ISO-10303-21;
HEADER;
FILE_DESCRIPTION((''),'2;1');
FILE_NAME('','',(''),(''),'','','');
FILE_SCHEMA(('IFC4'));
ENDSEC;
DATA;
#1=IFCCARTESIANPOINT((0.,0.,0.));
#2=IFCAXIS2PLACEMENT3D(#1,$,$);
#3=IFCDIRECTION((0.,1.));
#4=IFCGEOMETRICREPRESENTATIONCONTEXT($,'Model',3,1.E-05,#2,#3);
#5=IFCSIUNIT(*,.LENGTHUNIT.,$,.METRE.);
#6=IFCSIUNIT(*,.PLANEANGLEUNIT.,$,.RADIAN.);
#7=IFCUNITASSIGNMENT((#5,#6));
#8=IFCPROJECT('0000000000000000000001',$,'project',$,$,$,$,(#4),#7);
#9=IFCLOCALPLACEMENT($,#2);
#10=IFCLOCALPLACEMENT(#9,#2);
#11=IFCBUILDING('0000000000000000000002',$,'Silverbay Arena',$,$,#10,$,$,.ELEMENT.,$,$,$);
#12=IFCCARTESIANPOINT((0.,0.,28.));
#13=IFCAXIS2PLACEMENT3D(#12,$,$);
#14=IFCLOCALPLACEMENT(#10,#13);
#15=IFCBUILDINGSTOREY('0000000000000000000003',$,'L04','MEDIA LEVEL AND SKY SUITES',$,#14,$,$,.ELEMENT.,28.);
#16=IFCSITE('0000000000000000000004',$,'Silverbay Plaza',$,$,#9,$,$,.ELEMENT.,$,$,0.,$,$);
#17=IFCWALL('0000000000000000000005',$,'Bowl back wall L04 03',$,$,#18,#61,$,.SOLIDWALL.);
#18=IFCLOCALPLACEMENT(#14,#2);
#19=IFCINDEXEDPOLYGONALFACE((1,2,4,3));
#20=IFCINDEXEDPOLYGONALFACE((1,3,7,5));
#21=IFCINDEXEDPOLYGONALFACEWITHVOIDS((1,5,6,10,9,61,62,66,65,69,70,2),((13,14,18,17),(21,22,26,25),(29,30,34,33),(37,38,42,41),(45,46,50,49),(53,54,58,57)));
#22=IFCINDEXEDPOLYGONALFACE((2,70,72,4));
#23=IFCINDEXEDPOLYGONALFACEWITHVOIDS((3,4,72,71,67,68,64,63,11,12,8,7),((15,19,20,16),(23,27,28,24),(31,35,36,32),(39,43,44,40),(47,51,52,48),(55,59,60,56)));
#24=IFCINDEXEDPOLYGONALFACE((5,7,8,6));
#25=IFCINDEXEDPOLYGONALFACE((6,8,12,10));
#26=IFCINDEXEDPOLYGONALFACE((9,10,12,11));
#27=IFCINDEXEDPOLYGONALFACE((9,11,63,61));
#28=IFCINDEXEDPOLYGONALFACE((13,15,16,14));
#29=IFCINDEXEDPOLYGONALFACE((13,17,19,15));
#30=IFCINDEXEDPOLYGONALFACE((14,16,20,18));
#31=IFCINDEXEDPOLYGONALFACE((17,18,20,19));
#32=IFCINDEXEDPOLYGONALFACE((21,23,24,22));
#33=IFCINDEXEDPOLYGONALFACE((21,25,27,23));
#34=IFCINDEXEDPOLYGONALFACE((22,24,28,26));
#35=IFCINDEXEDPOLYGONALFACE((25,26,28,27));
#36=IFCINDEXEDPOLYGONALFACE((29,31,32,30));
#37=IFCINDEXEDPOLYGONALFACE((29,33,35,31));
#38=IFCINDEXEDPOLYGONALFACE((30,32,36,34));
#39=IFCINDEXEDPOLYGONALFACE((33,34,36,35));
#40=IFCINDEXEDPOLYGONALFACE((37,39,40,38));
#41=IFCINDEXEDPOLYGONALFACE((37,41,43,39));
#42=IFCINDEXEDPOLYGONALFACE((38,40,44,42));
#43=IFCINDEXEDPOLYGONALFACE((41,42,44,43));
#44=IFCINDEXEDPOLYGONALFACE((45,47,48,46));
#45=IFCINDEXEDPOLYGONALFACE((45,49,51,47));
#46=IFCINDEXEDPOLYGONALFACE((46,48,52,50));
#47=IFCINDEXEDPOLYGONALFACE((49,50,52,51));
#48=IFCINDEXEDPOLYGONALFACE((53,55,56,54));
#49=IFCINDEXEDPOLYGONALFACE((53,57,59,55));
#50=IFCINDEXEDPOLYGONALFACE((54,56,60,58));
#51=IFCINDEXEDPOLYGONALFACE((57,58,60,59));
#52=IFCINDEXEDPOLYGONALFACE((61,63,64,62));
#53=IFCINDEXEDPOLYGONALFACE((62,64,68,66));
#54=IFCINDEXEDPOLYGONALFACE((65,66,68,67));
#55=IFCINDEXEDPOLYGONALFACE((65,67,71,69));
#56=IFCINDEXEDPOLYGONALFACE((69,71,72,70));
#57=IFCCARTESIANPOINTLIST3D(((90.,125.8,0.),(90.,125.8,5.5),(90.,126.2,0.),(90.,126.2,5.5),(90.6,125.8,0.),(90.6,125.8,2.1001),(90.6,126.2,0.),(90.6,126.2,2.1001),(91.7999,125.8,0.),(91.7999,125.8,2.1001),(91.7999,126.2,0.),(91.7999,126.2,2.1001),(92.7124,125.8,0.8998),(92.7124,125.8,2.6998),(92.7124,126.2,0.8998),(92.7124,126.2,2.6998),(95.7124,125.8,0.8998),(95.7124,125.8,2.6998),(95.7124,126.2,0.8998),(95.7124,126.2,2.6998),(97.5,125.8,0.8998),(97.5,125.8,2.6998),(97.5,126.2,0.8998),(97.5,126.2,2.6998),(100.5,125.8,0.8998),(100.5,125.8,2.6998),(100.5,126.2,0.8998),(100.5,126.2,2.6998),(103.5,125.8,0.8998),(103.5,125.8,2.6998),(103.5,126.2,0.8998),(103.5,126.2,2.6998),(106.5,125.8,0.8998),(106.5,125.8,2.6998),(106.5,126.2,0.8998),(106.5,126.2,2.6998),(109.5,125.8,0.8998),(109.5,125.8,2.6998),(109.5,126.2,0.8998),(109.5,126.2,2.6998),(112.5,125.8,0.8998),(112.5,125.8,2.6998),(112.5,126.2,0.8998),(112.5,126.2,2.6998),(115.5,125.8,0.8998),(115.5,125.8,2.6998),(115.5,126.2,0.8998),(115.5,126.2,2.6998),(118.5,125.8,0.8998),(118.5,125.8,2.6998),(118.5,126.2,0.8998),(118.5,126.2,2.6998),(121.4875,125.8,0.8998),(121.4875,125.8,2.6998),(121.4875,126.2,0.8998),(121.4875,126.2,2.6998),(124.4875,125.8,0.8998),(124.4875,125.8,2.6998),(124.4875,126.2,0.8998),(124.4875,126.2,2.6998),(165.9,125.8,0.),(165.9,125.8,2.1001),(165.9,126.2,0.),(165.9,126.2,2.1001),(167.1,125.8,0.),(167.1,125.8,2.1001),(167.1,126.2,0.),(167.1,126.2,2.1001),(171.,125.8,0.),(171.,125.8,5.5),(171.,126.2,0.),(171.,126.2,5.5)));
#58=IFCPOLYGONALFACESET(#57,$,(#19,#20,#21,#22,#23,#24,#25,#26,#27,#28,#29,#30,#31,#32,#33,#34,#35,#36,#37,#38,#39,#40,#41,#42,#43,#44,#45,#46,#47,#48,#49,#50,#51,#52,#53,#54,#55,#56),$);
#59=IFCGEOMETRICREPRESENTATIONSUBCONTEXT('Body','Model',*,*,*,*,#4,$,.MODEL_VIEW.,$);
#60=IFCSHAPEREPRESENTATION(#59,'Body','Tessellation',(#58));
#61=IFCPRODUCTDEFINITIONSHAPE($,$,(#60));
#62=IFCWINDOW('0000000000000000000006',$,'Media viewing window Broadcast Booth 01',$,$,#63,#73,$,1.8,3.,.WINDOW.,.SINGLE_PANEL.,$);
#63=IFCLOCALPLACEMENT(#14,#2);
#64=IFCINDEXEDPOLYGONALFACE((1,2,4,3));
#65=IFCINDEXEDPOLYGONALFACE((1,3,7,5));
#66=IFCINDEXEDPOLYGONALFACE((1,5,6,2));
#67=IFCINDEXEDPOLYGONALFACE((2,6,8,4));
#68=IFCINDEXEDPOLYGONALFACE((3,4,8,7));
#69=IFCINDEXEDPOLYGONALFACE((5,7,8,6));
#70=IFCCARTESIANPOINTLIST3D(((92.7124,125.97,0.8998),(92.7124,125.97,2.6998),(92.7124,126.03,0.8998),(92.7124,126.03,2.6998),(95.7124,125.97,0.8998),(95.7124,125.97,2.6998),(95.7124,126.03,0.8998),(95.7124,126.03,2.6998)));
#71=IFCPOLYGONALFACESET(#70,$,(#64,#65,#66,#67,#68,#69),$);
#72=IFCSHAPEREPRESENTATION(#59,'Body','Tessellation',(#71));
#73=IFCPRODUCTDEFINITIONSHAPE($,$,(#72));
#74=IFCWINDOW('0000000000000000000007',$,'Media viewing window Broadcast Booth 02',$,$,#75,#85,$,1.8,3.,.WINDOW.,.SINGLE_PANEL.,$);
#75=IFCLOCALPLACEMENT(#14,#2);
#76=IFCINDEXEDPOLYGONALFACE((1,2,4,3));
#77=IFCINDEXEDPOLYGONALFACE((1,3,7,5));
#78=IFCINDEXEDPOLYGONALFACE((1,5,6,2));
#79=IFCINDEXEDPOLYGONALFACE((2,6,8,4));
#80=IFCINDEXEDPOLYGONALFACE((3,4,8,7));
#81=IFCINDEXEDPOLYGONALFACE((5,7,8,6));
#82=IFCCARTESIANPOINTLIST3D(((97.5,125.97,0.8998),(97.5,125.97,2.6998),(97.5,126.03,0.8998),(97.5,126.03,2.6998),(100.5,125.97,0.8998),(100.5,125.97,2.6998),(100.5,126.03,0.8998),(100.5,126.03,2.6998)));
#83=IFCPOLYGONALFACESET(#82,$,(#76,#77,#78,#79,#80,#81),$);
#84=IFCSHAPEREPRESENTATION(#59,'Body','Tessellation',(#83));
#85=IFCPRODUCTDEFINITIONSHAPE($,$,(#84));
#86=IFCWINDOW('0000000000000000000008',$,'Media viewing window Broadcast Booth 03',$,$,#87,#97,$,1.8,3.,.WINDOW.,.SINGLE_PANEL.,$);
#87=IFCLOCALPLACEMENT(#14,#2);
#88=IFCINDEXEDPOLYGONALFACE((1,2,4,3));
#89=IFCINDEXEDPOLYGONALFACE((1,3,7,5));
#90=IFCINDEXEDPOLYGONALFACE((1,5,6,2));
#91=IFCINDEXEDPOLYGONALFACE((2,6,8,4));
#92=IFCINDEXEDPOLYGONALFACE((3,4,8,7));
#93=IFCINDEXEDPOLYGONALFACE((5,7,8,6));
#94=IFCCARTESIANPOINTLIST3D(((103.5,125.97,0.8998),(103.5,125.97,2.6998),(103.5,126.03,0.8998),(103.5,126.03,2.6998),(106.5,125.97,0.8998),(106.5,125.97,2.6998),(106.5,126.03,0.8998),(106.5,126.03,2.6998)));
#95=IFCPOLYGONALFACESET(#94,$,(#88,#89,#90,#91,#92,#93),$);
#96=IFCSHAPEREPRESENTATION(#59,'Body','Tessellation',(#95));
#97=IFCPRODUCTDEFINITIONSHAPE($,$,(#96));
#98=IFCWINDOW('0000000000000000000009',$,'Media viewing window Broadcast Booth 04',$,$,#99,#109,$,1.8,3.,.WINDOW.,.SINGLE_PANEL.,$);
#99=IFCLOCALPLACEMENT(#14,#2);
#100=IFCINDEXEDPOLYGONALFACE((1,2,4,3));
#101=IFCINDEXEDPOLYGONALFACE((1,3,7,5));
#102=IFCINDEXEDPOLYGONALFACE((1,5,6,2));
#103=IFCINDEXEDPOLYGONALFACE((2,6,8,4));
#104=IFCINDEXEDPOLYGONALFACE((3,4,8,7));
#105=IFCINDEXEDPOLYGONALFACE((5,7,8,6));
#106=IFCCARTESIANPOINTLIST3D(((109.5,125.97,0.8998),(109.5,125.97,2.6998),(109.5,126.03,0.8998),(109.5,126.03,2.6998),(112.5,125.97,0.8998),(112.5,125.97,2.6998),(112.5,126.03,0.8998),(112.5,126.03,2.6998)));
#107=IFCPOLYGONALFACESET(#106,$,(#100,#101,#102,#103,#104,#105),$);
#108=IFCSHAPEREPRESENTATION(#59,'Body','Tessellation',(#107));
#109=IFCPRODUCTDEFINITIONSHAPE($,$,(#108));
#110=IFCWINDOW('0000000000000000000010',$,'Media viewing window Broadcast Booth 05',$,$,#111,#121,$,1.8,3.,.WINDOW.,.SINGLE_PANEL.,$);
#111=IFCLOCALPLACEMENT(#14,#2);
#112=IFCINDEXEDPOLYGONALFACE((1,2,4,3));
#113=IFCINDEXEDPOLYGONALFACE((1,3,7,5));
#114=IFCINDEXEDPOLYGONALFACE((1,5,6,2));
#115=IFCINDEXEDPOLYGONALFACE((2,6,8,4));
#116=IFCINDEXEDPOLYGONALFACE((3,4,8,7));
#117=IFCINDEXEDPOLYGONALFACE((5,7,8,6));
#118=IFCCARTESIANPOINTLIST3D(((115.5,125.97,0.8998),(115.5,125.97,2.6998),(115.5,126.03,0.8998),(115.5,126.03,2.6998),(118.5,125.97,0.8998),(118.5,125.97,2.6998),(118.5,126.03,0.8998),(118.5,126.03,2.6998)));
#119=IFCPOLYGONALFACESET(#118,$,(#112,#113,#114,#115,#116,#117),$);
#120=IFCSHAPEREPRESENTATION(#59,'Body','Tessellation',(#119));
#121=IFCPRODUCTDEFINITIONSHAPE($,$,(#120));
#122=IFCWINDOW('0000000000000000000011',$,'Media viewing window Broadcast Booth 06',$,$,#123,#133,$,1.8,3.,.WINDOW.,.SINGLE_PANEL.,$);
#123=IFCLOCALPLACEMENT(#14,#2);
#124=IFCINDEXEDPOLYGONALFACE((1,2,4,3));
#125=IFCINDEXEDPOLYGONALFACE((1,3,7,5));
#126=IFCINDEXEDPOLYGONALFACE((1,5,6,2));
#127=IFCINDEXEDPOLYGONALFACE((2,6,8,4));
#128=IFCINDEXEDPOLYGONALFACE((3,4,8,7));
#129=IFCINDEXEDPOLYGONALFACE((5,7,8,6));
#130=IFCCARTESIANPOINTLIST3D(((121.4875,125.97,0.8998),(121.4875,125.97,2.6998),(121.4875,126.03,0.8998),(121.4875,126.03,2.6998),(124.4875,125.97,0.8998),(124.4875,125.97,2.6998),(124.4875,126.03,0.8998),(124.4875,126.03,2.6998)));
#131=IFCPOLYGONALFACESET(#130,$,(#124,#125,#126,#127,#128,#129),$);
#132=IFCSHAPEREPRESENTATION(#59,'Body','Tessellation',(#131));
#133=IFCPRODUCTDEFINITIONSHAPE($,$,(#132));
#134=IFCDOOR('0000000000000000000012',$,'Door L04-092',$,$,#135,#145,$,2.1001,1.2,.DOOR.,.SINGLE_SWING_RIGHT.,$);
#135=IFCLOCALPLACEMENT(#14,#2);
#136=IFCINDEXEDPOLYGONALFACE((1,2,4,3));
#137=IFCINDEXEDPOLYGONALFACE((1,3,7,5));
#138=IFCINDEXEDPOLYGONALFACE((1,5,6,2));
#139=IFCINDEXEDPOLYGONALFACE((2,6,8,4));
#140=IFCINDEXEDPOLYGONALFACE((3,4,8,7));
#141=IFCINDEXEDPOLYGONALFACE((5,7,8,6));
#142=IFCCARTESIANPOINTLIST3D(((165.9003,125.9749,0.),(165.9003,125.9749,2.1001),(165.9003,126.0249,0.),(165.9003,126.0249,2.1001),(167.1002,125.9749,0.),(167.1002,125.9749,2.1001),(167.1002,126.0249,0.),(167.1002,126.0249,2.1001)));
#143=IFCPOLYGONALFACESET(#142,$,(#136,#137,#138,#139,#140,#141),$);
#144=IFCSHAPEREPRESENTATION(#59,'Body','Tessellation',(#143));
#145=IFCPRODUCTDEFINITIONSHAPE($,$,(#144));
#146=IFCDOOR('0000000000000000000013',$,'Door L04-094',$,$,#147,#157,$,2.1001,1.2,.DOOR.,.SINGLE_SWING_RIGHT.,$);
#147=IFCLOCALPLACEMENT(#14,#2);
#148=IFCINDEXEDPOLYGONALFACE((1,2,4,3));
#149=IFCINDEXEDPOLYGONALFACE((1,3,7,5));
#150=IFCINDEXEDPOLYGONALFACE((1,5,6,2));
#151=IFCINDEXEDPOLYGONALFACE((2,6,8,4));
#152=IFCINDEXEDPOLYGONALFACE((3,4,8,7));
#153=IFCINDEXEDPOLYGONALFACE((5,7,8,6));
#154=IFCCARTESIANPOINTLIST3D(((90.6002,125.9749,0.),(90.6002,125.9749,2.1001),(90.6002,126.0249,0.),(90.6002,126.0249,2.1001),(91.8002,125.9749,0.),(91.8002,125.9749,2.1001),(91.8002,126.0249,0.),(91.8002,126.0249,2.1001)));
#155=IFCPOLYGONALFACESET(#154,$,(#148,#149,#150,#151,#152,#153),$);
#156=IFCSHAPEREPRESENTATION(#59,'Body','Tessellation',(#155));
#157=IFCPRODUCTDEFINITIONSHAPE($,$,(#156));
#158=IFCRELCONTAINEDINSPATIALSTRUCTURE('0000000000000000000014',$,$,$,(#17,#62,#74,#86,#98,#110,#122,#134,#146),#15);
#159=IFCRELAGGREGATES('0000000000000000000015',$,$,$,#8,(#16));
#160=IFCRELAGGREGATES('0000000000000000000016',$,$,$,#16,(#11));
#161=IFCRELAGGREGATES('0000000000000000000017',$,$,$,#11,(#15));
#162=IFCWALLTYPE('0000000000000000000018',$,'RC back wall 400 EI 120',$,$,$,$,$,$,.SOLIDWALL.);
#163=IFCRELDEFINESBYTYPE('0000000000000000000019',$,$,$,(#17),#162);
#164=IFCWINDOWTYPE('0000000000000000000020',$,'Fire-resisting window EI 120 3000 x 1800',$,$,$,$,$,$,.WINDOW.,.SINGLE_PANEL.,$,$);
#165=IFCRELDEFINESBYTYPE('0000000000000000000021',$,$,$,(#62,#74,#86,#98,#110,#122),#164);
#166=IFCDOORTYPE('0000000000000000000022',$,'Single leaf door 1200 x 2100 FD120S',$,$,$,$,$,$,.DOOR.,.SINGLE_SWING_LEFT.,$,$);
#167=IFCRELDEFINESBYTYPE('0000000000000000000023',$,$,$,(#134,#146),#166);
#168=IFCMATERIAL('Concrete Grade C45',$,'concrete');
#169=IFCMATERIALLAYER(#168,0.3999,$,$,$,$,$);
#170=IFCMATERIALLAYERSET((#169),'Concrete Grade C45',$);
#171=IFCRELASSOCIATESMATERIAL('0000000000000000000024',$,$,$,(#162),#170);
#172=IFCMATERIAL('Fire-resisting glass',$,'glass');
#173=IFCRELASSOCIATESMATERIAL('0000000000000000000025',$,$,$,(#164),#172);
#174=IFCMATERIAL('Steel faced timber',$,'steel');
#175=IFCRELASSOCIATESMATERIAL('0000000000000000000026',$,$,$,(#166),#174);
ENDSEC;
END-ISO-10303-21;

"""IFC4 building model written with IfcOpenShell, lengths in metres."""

from ifc_helpers import new_model, si_unit, direction, frame, frame_2d, origin, place, context, subcontext, project, spatial, rectangle, extrude, material, layer, layer_set, type_object, element, fill, save


model = new_model("IFC4")

# Units and contexts
model_context = context("Model", 3, precision=1e-05, world=origin(), true_north=direction((0.0, 1.0)))
body_context = subcontext(model_context, "Body", "Model", "MODEL_VIEW")
ifc_project = project(units=[si_unit("LENGTHUNIT", "METRE"), si_unit("PLANEANGLEUNIT", "RADIAN")], contexts=[model_context])

# Site, building, storey
site_placement = place(None, origin())
site = spatial("IfcSite", under=ifc_project, at=site_placement, Name="Silverbay Plaza", CompositionType="ELEMENT", RefElevation=0.0)
building_placement = place(site_placement, origin())
building = spatial("IfcBuilding", under=site, at=building_placement, Name="Silverbay Arena", CompositionType="ELEMENT")
storey_placement = place(building_placement, frame((0.0, 0.0, 28.0)))
storey = spatial("IfcBuildingStorey", under=building, at=storey_placement, Name="L04", Description="MEDIA LEVEL AND SKY SUITES", CompositionType="ELEMENT", Elevation=28.0)

# Wall, openings, windows, doors
ifc_material_1 = material(Name="Concrete Grade C45", Category="concrete")
ifc_layer_1 = layer(ifc_material_1, 0.3999)
ifc_layer_set_1 = layer_set([ifc_layer_1], Name="Concrete Grade C45")
wall_type_1 = type_object("IfcWallType", Name="RC back wall 400 EI 120", PredefinedType="SOLIDWALL", material=ifc_layer_set_1)
wall_1_placement = place(storey_placement, frame((171.0, 126.0, 0.0), z_axis=(0.0, 0.0, 1.0), x_axis=(-1.0, 0.0, 0.0)))
wall_1 = element("IfcWall", 1, at=wall_1_placement, inside=storey, type_object=wall_type_1, Name="Bowl back wall L04 03", PredefinedType="SOLIDWALL", context=body_context, shape_type="SweptSolid", body=[
    extrude(rectangle(XDim=81.0, YDim=0.3999, at=frame_2d((40.5, 0.0))), origin(), (0.0, 0.0, 1.0), 5.5),
])
opening_1_placement = place(wall_1_placement, frame((75.2876, 0.0, 0.8999)))
opening_1 = element("IfcOpeningElement", 2, at=opening_1_placement, cuts=wall_1, PredefinedType="OPENING", context=body_context, shape_type="SweptSolid", body=[
    extrude(rectangle(XDim=3.0, YDim=1.8, at=frame_2d((1.5, 0.8999))), frame((0.0, 0.21, 0.0), z_axis=(0.0, -1.0, 0.0), x_axis=(1.0, 0.0, 0.0)), (0.0, 0.0, 1.0), 0.4199),
])
opening_2_placement = place(wall_1_placement, frame((70.5, 0.0, 0.8999)))
opening_2 = element("IfcOpeningElement", 3, at=opening_2_placement, cuts=wall_1, PredefinedType="OPENING", context=body_context, shape_type="SweptSolid", body=[
    extrude(rectangle(XDim=3.0, YDim=1.8, at=frame_2d((1.5, 0.8999))), frame((0.0, 0.21, 0.0), z_axis=(0.0, -1.0, 0.0), x_axis=(1.0, 0.0, 0.0)), (0.0, 0.0, 1.0), 0.4199),
])
opening_3_placement = place(wall_1_placement, frame((64.5, 0.0, 0.8999)))
opening_3 = element("IfcOpeningElement", 4, at=opening_3_placement, cuts=wall_1, PredefinedType="OPENING", context=body_context, shape_type="SweptSolid", body=[
    extrude(rectangle(XDim=3.0, YDim=1.8, at=frame_2d((1.5, 0.8999))), frame((0.0, 0.21, 0.0), z_axis=(0.0, -1.0, 0.0), x_axis=(1.0, 0.0, 0.0)), (0.0, 0.0, 1.0), 0.4199),
])
opening_4_placement = place(wall_1_placement, frame((58.5, 0.0, 0.8999)))
opening_4 = element("IfcOpeningElement", 5, at=opening_4_placement, cuts=wall_1, PredefinedType="OPENING", context=body_context, shape_type="SweptSolid", body=[
    extrude(rectangle(XDim=3.0, YDim=1.8, at=frame_2d((1.5, 0.8999))), frame((0.0, 0.21, 0.0), z_axis=(0.0, -1.0, 0.0), x_axis=(1.0, 0.0, 0.0)), (0.0, 0.0, 1.0), 0.4199),
])
opening_5_placement = place(wall_1_placement, frame((52.5, 0.0, 0.8999)))
opening_5 = element("IfcOpeningElement", 6, at=opening_5_placement, cuts=wall_1, PredefinedType="OPENING", context=body_context, shape_type="SweptSolid", body=[
    extrude(rectangle(XDim=3.0, YDim=1.8, at=frame_2d((1.5, 0.8999))), frame((0.0, 0.21, 0.0), z_axis=(0.0, -1.0, 0.0), x_axis=(1.0, 0.0, 0.0)), (0.0, 0.0, 1.0), 0.4199),
])
opening_6_placement = place(wall_1_placement, frame((46.5125, 0.0, 0.8999)))
opening_6 = element("IfcOpeningElement", 7, at=opening_6_placement, cuts=wall_1, PredefinedType="OPENING", context=body_context, shape_type="SweptSolid", body=[
    extrude(rectangle(XDim=3.0, YDim=1.8, at=frame_2d((1.5, 0.8999))), frame((0.0, 0.21, 0.0), z_axis=(0.0, -1.0, 0.0), x_axis=(1.0, 0.0, 0.0)), (0.0, 0.0, 1.0), 0.4199),
])
opening_7_placement = place(wall_1_placement, frame((3.8999, 0.0, 0.0)))
opening_7 = element("IfcOpeningElement", 8, at=opening_7_placement, cuts=wall_1, PredefinedType="OPENING", context=body_context, shape_type="SweptSolid", body=[
    extrude(rectangle(XDim=1.2, YDim=2.1001, at=frame_2d((0.6001, 1.05))), frame((0.0, 0.21, 0.0), z_axis=(0.0, -1.0, 0.0), x_axis=(1.0, 0.0, 0.0)), (0.0, 0.0, 1.0), 0.4199),
])
opening_8_placement = place(wall_1_placement, frame((79.2, 0.0, 0.0)))
opening_8 = element("IfcOpeningElement", 9, at=opening_8_placement, cuts=wall_1, PredefinedType="OPENING", context=body_context, shape_type="SweptSolid", body=[
    extrude(rectangle(XDim=1.2, YDim=2.1001, at=frame_2d((0.6001, 1.05))), frame((0.0, 0.21, 0.0), z_axis=(0.0, -1.0, 0.0), x_axis=(1.0, 0.0, 0.0)), (0.0, 0.0, 1.0), 0.4199),
])
ifc_material_2 = material(Name="Fire-resisting glass", Category="glass")
window_type = type_object("IfcWindowType", Name="Fire-resisting window EI 120 3000 x 1800", PartitioningType="SINGLE_PANEL", PredefinedType="WINDOW", material=ifc_material_2)
window_1_placement = place(opening_1_placement, origin())
window_1 = element("IfcWindow", 10, at=window_1_placement, inside=storey, type_object=window_type, Name="Media viewing window Broadcast Booth 01", OverallHeight=1.8, OverallWidth=3.0, PartitioningType="SINGLE_PANEL", PredefinedType="WINDOW", context=body_context, shape_type="SweptSolid", body=[
    extrude(rectangle(XDim=3.0, YDim=1.8, at=frame_2d((1.5, 0.8999))), frame((0.0, 0.03, 0.0), z_axis=(0.0, -1.0, 0.0), x_axis=(1.0, 0.0, 0.0)), (0.0, 0.0, 1.0), 0.0601),
])
fill(opening_1, window_1)
window_2_placement = place(opening_2_placement, origin())
window_2 = element("IfcWindow", 11, at=window_2_placement, inside=storey, type_object=window_type, Name="Media viewing window Broadcast Booth 02", OverallHeight=1.8, OverallWidth=3.0, PartitioningType="SINGLE_PANEL", PredefinedType="WINDOW", context=body_context, shape_type="SweptSolid", body=[
    extrude(rectangle(XDim=3.0, YDim=1.8, at=frame_2d((1.5, 0.8999))), frame((0.0, 0.03, 0.0), z_axis=(0.0, -1.0, 0.0), x_axis=(1.0, 0.0, 0.0)), (0.0, 0.0, 1.0), 0.0601),
])
fill(opening_2, window_2)
window_3_placement = place(opening_3_placement, origin())
window_3 = element("IfcWindow", 12, at=window_3_placement, inside=storey, type_object=window_type, Name="Media viewing window Broadcast Booth 03", OverallHeight=1.8, OverallWidth=3.0, PartitioningType="SINGLE_PANEL", PredefinedType="WINDOW", context=body_context, shape_type="SweptSolid", body=[
    extrude(rectangle(XDim=3.0, YDim=1.8, at=frame_2d((1.5, 0.8999))), frame((0.0, 0.03, 0.0), z_axis=(0.0, -1.0, 0.0), x_axis=(1.0, 0.0, 0.0)), (0.0, 0.0, 1.0), 0.0601),
])
fill(opening_3, window_3)
window_4_placement = place(opening_4_placement, origin())
window_4 = element("IfcWindow", 13, at=window_4_placement, inside=storey, type_object=window_type, Name="Media viewing window Broadcast Booth 04", OverallHeight=1.8, OverallWidth=3.0, PartitioningType="SINGLE_PANEL", PredefinedType="WINDOW", context=body_context, shape_type="SweptSolid", body=[
    extrude(rectangle(XDim=3.0, YDim=1.8, at=frame_2d((1.5, 0.8999))), frame((0.0, 0.03, 0.0), z_axis=(0.0, -1.0, 0.0), x_axis=(1.0, 0.0, 0.0)), (0.0, 0.0, 1.0), 0.0601),
])
fill(opening_4, window_4)
window_5_placement = place(opening_5_placement, origin())
window_5 = element("IfcWindow", 14, at=window_5_placement, inside=storey, type_object=window_type, Name="Media viewing window Broadcast Booth 05", OverallHeight=1.8, OverallWidth=3.0, PartitioningType="SINGLE_PANEL", PredefinedType="WINDOW", context=body_context, shape_type="SweptSolid", body=[
    extrude(rectangle(XDim=3.0, YDim=1.8, at=frame_2d((1.5, 0.8999))), frame((0.0, 0.03, 0.0), z_axis=(0.0, -1.0, 0.0), x_axis=(1.0, 0.0, 0.0)), (0.0, 0.0, 1.0), 0.0601),
])
fill(opening_5, window_5)
window_6_placement = place(opening_6_placement, origin())
window_6 = element("IfcWindow", 15, at=window_6_placement, inside=storey, type_object=window_type, Name="Media viewing window Broadcast Booth 06", OverallHeight=1.8, OverallWidth=3.0, PartitioningType="SINGLE_PANEL", PredefinedType="WINDOW", context=body_context, shape_type="SweptSolid", body=[
    extrude(rectangle(XDim=3.0, YDim=1.8, at=frame_2d((1.5, 0.8999))), frame((0.0, 0.03, 0.0), z_axis=(0.0, -1.0, 0.0), x_axis=(1.0, 0.0, 0.0)), (0.0, 0.0, 1.0), 0.0601),
])
fill(opening_6, window_6)
ifc_material_3 = material(Name="Steel faced timber", Category="steel")
door_type_1 = type_object("IfcDoorType", Name="Single leaf door 1200 x 2100 FD120S", OperationType="SINGLE_SWING_LEFT", PredefinedType="DOOR", material=ifc_material_3)
door_1_placement = place(opening_7_placement, frame((1.2, 0.0, 0.0), z_axis=(0.0, 0.0, 1.0), x_axis=(-1.0, 0.0, 0.0)))
door_1 = element("IfcDoor", 16, at=door_1_placement, inside=storey, type_object=door_type_1, Name="Door L04-092", OperationType="SINGLE_SWING_RIGHT", OverallHeight=2.1001, OverallWidth=1.2, PredefinedType="DOOR", context=body_context, shape_type="SweptSolid", body=[
    extrude(rectangle(XDim=1.2, YDim=2.1001, at=frame_2d((0.6001, 1.05))), frame((0.0, 0.0249, 0.0), z_axis=(0.0, -1.0, 0.0), x_axis=(1.0, 0.0, 0.0)), (0.0, 0.0, 1.0), 0.05),
])
fill(opening_7, door_1)
door_2_placement = place(opening_8_placement, frame((1.2, 0.0, 0.0), z_axis=(0.0, 0.0, 1.0), x_axis=(-1.0, 0.0, 0.0)))
door_2 = element("IfcDoor", 17, at=door_2_placement, inside=storey, type_object=door_type_1, Name="Door L04-094", OperationType="SINGLE_SWING_RIGHT", OverallHeight=2.1001, OverallWidth=1.2, PredefinedType="DOOR", context=body_context, shape_type="SweptSolid", body=[
    extrude(rectangle(XDim=1.2, YDim=2.1001, at=frame_2d((0.6001, 1.05))), frame((0.0, 0.0249, 0.0), z_axis=(0.0, -1.0, 0.0), x_axis=(1.0, 0.0, 0.0)), (0.0, 0.0, 1.0), 0.05),
])
fill(opening_8, door_2)

save(model, "model.ifc")
